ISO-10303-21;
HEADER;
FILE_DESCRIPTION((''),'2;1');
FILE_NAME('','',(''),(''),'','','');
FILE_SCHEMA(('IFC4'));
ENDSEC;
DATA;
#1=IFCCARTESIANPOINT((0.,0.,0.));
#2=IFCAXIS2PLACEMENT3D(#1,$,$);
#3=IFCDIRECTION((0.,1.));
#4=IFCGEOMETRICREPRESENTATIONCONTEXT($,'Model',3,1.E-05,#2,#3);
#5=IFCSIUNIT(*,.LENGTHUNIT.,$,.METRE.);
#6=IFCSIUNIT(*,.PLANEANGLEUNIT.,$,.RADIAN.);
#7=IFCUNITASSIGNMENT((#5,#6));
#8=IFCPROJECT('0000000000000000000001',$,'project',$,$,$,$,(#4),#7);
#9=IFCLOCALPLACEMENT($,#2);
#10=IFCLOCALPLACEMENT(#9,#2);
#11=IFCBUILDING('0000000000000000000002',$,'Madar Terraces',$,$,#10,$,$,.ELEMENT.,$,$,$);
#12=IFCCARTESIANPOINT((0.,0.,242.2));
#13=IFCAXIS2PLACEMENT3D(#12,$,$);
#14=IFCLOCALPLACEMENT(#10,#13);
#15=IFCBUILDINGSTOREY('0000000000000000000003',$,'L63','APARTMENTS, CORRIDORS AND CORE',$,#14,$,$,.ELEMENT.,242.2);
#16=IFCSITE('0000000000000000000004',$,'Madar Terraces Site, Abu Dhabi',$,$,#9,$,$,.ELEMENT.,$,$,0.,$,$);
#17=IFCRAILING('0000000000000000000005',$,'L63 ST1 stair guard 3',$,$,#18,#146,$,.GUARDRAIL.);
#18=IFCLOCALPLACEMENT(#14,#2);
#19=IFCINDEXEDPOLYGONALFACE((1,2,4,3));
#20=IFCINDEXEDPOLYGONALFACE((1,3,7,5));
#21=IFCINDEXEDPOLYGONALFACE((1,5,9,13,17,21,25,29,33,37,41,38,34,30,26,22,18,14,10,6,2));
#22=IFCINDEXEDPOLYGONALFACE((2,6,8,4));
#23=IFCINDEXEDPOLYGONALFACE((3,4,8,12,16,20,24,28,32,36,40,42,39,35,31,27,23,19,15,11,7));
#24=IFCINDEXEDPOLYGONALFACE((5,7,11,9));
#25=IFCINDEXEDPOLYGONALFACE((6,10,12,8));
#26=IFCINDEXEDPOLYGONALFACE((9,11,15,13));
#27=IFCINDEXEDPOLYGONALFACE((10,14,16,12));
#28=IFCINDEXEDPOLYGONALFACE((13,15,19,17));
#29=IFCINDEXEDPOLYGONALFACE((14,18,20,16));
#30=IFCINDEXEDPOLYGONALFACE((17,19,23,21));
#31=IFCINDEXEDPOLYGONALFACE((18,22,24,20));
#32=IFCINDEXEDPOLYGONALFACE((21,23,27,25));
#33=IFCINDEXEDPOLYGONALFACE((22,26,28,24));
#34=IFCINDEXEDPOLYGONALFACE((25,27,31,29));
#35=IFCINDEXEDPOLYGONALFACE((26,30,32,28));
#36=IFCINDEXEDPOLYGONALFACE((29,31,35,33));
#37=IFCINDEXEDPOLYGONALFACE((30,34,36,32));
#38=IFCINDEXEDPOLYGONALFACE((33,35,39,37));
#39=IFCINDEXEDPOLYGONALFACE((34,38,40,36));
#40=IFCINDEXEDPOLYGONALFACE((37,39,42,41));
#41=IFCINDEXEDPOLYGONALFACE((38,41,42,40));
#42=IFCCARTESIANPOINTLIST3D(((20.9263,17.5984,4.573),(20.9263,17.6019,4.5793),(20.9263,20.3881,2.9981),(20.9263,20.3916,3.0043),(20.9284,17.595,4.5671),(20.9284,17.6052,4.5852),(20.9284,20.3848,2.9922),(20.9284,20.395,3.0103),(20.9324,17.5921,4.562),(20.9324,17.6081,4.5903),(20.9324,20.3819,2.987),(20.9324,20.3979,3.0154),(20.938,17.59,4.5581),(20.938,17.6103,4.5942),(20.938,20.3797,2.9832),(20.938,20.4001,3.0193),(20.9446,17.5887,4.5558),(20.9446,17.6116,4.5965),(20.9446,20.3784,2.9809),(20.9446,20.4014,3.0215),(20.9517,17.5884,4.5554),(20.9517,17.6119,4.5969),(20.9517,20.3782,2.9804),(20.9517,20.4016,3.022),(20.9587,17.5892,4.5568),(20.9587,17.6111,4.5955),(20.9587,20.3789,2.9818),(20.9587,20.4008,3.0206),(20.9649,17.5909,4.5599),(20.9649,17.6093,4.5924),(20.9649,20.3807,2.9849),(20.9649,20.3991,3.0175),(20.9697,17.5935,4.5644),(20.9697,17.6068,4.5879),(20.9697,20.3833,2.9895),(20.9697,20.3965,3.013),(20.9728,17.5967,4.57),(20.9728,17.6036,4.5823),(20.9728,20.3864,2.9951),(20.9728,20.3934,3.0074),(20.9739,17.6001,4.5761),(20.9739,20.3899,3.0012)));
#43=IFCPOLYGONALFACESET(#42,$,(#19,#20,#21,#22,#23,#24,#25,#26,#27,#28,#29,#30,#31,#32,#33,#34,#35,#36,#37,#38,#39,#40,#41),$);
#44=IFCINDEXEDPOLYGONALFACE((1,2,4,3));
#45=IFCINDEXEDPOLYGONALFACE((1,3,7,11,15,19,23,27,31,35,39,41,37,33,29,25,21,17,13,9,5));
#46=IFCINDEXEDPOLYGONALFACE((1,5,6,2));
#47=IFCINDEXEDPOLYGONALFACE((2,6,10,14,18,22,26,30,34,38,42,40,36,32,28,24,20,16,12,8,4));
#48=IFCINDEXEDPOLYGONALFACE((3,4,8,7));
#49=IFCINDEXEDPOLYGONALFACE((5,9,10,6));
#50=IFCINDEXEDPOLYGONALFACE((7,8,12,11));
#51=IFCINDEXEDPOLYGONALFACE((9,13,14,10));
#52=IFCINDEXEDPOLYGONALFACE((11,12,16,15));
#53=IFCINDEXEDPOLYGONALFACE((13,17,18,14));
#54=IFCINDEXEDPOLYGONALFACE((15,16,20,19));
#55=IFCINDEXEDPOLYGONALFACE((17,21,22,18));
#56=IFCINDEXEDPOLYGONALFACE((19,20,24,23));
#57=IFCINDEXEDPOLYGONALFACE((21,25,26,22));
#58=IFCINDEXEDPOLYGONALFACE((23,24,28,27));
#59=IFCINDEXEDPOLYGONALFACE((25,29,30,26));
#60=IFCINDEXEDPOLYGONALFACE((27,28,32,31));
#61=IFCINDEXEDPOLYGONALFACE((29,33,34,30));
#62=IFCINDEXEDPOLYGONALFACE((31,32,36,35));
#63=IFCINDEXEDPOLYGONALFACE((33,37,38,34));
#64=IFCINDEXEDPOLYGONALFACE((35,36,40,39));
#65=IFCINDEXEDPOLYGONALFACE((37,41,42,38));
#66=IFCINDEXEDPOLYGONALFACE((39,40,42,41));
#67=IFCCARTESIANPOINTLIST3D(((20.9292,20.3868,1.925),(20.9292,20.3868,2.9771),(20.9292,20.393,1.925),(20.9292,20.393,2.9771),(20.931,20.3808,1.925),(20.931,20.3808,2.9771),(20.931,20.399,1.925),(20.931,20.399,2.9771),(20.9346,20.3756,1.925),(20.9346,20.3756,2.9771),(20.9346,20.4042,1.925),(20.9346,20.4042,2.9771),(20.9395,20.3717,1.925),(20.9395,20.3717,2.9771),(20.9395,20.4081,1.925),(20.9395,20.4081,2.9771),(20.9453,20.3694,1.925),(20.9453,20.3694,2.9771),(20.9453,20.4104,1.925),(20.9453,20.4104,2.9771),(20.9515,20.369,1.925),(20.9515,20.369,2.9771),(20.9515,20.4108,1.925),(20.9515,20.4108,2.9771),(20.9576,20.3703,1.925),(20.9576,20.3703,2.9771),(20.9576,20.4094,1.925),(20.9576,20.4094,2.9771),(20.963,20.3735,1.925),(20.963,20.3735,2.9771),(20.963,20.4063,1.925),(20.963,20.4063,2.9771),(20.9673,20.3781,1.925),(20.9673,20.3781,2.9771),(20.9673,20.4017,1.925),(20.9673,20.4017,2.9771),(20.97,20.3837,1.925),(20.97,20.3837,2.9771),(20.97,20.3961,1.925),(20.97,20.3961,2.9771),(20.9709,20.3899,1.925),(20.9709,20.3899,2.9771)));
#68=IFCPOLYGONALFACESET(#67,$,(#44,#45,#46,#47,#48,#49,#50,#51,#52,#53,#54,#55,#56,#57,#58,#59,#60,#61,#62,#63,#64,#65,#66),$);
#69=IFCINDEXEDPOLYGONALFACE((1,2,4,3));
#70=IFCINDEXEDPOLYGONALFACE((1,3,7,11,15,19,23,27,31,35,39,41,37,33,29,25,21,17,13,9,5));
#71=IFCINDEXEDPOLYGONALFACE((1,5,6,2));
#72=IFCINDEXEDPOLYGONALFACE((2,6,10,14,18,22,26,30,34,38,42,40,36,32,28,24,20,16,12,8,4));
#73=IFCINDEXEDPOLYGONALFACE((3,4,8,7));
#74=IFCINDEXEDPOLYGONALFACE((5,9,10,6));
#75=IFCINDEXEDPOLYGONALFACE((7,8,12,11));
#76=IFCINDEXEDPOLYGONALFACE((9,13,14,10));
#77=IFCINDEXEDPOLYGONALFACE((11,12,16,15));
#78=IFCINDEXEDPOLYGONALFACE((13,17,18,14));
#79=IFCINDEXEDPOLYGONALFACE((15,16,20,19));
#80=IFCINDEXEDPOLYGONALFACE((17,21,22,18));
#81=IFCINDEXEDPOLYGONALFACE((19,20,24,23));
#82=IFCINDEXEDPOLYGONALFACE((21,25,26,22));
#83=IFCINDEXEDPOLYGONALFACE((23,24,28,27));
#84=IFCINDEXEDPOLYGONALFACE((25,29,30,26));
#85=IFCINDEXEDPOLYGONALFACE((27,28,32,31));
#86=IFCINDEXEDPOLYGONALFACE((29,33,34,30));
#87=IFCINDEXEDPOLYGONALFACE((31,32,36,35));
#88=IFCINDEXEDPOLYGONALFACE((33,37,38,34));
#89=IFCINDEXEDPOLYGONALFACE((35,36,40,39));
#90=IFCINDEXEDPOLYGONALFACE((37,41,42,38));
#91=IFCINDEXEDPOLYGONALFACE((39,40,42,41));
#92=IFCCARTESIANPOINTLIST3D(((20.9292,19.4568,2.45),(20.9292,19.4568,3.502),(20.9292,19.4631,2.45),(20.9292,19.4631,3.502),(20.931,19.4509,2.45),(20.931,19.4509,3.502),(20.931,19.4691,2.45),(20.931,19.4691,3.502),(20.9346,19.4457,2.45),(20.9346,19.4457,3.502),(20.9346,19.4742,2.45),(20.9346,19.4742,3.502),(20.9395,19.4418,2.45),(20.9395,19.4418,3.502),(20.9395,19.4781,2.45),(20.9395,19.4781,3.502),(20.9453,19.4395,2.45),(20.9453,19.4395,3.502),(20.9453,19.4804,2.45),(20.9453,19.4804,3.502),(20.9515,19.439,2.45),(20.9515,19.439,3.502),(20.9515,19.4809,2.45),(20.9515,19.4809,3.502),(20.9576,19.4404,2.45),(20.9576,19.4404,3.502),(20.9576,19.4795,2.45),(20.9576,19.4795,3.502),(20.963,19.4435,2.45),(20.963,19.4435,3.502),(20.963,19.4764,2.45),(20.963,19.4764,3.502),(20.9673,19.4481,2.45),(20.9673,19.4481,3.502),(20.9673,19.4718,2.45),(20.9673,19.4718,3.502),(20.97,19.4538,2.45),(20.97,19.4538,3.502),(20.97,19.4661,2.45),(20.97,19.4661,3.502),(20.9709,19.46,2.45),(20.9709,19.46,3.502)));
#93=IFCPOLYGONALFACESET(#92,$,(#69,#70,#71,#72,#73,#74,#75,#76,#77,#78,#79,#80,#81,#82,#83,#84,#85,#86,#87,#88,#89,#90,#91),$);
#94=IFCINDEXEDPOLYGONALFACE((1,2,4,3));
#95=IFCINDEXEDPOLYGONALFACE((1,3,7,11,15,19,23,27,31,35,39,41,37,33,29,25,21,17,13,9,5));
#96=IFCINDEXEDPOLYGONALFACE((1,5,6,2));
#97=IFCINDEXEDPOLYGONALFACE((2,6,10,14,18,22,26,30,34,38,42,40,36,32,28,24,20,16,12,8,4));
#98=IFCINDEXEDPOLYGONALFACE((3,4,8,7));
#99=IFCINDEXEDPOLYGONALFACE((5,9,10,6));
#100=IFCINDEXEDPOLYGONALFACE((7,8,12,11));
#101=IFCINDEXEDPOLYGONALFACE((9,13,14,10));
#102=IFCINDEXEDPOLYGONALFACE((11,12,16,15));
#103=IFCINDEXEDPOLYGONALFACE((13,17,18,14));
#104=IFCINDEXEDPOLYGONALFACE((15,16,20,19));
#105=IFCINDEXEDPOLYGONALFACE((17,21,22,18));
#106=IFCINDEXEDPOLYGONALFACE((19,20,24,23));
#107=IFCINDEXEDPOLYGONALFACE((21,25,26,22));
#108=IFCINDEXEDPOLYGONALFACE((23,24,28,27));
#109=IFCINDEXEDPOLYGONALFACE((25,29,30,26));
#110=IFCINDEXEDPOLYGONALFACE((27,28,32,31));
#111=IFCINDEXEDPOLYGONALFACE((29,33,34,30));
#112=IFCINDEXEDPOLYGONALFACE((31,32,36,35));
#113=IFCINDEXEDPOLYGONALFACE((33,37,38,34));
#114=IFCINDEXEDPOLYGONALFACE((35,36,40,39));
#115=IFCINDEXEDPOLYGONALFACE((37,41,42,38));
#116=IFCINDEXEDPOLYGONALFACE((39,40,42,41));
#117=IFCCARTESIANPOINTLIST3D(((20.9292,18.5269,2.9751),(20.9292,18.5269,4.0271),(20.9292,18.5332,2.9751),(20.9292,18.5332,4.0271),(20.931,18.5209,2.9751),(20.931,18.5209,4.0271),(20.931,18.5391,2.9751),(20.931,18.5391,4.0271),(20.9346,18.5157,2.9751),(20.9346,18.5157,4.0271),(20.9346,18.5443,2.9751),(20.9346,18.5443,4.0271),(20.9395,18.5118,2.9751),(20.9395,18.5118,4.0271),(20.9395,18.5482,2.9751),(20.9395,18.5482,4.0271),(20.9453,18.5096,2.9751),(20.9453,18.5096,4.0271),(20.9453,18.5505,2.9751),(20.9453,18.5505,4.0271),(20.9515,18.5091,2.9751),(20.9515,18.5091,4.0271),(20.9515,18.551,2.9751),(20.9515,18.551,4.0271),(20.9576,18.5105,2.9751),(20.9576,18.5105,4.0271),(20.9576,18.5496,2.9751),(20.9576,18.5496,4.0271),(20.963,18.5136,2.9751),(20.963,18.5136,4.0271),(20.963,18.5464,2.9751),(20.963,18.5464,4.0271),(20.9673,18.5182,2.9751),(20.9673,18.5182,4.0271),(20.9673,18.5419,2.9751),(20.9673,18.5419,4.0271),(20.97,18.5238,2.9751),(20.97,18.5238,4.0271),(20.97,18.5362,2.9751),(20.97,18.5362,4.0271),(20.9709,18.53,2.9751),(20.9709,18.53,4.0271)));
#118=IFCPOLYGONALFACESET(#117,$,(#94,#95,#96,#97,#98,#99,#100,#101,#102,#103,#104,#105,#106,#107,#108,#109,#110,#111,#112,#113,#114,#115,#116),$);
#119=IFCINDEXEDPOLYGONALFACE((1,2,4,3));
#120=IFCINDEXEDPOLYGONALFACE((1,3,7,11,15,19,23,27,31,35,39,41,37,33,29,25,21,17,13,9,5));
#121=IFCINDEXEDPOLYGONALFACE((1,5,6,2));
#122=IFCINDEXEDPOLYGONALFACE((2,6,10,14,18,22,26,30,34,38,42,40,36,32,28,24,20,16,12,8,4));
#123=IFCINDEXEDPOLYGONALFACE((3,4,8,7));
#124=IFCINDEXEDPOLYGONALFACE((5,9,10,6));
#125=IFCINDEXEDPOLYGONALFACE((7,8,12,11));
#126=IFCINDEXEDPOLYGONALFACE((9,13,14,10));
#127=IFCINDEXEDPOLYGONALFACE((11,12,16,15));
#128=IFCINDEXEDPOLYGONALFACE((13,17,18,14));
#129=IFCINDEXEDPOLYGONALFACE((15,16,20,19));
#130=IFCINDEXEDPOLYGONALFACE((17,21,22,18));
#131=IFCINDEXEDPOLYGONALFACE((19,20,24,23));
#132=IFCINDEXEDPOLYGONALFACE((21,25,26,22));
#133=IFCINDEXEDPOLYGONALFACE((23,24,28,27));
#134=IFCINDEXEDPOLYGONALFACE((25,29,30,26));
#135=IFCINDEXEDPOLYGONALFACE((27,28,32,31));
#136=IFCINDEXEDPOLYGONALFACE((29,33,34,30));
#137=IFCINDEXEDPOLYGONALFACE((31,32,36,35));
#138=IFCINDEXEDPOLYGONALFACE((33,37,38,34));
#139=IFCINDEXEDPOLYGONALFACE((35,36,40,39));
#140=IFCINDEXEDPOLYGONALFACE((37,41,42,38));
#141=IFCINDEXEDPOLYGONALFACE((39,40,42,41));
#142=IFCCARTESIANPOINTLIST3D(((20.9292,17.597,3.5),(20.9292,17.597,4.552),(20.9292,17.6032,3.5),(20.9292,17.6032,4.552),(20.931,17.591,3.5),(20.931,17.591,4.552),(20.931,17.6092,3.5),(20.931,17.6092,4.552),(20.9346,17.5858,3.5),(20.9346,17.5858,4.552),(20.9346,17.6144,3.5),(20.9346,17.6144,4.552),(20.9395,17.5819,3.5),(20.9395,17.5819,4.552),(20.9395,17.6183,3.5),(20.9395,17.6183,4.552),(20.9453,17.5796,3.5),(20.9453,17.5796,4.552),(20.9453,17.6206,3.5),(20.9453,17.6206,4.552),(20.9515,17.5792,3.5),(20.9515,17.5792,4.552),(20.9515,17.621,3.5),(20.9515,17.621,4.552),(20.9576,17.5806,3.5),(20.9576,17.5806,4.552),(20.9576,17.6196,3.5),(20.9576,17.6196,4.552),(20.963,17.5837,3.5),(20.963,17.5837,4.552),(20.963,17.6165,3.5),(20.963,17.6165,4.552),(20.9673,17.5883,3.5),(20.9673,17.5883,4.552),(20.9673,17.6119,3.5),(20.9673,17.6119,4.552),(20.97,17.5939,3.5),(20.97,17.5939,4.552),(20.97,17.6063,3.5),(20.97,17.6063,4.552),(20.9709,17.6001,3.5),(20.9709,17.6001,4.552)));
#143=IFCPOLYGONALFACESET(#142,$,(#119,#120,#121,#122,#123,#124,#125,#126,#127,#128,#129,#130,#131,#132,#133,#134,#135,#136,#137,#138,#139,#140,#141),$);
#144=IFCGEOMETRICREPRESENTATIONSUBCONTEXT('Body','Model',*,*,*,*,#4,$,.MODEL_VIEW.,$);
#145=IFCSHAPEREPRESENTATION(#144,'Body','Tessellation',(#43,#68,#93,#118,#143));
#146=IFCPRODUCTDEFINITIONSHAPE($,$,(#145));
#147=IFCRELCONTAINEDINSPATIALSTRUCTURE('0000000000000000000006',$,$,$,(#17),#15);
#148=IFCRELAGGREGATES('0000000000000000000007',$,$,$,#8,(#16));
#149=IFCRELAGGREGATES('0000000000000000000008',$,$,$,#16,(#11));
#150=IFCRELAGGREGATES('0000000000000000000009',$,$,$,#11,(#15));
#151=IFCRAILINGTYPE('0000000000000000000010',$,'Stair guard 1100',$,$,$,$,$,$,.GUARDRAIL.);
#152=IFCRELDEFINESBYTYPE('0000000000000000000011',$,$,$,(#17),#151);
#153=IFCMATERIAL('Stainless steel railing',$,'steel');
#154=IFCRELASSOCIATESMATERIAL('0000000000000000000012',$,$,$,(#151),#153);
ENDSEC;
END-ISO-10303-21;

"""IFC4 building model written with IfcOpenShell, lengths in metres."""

from ifc_helpers import new_model, si_unit, direction, frame, origin, origin_2d, place, context, subcontext, project, spatial, circle, extrude, material, type_object, element, save


model = new_model("IFC4")

# Units and contexts
model_context = context("Model", 3, precision=1e-05, world=origin(), true_north=direction((0.0, 1.0)))
body_context = subcontext(model_context, "Body", "Model", "MODEL_VIEW")
ifc_project = project(units=[si_unit("LENGTHUNIT", "METRE"), si_unit("PLANEANGLEUNIT", "RADIAN")], contexts=[model_context])

# Site, building, storey
site_placement = place(None, origin())
site = spatial("IfcSite", under=ifc_project, at=site_placement, Name="Madar Terraces Site, Abu Dhabi", CompositionType="ELEMENT", RefElevation=0.0)
building_placement = place(site_placement, origin())
building = spatial("IfcBuilding", under=site, at=building_placement, Name="Madar Terraces", CompositionType="ELEMENT")
storey_placement = place(building_placement, frame((0.0, 0.0, 242.2)))
storey = spatial("IfcBuildingStorey", under=building, at=storey_placement, Name="L63", Description="APARTMENTS, CORRIDORS AND CORE", CompositionType="ELEMENT", Elevation=242.2)

# Railing
ifc_material_1 = material(Name="Stainless steel railing", Category="steel")
railing_type_1 = type_object("IfcRailingType", Name="Stair guard 1100", PredefinedType="GUARDRAIL", material=ifc_material_1)
railing_1_placement = place(storey_placement, frame((20.95, 20.3899, 1.925)))
element("IfcRailing", 1, at=railing_1_placement, inside=storey, type_object=railing_type_1, Name="L63 ST1 stair guard 3", PredefinedType="GUARDRAIL", context=body_context, shape_type="SweptSolid", body=[
    extrude(circle(Radius=0.0239, at=origin_2d()), frame((0.0, 0.0, 1.0762), z_axis=(0.0, -0.870815, 0.49161), x_axis=(1.0, 0.0, 0.0)), (0.0, 0.0, 1.0), 3.2036),
    extrude(circle(Radius=0.021, at=origin_2d()), origin(), (0.0, 0.0, 1.0), 1.052),
    extrude(circle(Radius=0.021, at=origin_2d()), frame((0.0, -0.9299, 0.5249)), (0.0, 0.0, 1.0), 1.052),
    extrude(circle(Radius=0.021, at=origin_2d()), frame((0.0, -1.8599, 1.05)), (0.0, 0.0, 1.0), 1.052),
    extrude(circle(Radius=0.021, at=origin_2d()), frame((0.0, -2.7898, 1.575)), (0.0, 0.0, 1.0), 1.052),
])

save(model, "model.ifc")
